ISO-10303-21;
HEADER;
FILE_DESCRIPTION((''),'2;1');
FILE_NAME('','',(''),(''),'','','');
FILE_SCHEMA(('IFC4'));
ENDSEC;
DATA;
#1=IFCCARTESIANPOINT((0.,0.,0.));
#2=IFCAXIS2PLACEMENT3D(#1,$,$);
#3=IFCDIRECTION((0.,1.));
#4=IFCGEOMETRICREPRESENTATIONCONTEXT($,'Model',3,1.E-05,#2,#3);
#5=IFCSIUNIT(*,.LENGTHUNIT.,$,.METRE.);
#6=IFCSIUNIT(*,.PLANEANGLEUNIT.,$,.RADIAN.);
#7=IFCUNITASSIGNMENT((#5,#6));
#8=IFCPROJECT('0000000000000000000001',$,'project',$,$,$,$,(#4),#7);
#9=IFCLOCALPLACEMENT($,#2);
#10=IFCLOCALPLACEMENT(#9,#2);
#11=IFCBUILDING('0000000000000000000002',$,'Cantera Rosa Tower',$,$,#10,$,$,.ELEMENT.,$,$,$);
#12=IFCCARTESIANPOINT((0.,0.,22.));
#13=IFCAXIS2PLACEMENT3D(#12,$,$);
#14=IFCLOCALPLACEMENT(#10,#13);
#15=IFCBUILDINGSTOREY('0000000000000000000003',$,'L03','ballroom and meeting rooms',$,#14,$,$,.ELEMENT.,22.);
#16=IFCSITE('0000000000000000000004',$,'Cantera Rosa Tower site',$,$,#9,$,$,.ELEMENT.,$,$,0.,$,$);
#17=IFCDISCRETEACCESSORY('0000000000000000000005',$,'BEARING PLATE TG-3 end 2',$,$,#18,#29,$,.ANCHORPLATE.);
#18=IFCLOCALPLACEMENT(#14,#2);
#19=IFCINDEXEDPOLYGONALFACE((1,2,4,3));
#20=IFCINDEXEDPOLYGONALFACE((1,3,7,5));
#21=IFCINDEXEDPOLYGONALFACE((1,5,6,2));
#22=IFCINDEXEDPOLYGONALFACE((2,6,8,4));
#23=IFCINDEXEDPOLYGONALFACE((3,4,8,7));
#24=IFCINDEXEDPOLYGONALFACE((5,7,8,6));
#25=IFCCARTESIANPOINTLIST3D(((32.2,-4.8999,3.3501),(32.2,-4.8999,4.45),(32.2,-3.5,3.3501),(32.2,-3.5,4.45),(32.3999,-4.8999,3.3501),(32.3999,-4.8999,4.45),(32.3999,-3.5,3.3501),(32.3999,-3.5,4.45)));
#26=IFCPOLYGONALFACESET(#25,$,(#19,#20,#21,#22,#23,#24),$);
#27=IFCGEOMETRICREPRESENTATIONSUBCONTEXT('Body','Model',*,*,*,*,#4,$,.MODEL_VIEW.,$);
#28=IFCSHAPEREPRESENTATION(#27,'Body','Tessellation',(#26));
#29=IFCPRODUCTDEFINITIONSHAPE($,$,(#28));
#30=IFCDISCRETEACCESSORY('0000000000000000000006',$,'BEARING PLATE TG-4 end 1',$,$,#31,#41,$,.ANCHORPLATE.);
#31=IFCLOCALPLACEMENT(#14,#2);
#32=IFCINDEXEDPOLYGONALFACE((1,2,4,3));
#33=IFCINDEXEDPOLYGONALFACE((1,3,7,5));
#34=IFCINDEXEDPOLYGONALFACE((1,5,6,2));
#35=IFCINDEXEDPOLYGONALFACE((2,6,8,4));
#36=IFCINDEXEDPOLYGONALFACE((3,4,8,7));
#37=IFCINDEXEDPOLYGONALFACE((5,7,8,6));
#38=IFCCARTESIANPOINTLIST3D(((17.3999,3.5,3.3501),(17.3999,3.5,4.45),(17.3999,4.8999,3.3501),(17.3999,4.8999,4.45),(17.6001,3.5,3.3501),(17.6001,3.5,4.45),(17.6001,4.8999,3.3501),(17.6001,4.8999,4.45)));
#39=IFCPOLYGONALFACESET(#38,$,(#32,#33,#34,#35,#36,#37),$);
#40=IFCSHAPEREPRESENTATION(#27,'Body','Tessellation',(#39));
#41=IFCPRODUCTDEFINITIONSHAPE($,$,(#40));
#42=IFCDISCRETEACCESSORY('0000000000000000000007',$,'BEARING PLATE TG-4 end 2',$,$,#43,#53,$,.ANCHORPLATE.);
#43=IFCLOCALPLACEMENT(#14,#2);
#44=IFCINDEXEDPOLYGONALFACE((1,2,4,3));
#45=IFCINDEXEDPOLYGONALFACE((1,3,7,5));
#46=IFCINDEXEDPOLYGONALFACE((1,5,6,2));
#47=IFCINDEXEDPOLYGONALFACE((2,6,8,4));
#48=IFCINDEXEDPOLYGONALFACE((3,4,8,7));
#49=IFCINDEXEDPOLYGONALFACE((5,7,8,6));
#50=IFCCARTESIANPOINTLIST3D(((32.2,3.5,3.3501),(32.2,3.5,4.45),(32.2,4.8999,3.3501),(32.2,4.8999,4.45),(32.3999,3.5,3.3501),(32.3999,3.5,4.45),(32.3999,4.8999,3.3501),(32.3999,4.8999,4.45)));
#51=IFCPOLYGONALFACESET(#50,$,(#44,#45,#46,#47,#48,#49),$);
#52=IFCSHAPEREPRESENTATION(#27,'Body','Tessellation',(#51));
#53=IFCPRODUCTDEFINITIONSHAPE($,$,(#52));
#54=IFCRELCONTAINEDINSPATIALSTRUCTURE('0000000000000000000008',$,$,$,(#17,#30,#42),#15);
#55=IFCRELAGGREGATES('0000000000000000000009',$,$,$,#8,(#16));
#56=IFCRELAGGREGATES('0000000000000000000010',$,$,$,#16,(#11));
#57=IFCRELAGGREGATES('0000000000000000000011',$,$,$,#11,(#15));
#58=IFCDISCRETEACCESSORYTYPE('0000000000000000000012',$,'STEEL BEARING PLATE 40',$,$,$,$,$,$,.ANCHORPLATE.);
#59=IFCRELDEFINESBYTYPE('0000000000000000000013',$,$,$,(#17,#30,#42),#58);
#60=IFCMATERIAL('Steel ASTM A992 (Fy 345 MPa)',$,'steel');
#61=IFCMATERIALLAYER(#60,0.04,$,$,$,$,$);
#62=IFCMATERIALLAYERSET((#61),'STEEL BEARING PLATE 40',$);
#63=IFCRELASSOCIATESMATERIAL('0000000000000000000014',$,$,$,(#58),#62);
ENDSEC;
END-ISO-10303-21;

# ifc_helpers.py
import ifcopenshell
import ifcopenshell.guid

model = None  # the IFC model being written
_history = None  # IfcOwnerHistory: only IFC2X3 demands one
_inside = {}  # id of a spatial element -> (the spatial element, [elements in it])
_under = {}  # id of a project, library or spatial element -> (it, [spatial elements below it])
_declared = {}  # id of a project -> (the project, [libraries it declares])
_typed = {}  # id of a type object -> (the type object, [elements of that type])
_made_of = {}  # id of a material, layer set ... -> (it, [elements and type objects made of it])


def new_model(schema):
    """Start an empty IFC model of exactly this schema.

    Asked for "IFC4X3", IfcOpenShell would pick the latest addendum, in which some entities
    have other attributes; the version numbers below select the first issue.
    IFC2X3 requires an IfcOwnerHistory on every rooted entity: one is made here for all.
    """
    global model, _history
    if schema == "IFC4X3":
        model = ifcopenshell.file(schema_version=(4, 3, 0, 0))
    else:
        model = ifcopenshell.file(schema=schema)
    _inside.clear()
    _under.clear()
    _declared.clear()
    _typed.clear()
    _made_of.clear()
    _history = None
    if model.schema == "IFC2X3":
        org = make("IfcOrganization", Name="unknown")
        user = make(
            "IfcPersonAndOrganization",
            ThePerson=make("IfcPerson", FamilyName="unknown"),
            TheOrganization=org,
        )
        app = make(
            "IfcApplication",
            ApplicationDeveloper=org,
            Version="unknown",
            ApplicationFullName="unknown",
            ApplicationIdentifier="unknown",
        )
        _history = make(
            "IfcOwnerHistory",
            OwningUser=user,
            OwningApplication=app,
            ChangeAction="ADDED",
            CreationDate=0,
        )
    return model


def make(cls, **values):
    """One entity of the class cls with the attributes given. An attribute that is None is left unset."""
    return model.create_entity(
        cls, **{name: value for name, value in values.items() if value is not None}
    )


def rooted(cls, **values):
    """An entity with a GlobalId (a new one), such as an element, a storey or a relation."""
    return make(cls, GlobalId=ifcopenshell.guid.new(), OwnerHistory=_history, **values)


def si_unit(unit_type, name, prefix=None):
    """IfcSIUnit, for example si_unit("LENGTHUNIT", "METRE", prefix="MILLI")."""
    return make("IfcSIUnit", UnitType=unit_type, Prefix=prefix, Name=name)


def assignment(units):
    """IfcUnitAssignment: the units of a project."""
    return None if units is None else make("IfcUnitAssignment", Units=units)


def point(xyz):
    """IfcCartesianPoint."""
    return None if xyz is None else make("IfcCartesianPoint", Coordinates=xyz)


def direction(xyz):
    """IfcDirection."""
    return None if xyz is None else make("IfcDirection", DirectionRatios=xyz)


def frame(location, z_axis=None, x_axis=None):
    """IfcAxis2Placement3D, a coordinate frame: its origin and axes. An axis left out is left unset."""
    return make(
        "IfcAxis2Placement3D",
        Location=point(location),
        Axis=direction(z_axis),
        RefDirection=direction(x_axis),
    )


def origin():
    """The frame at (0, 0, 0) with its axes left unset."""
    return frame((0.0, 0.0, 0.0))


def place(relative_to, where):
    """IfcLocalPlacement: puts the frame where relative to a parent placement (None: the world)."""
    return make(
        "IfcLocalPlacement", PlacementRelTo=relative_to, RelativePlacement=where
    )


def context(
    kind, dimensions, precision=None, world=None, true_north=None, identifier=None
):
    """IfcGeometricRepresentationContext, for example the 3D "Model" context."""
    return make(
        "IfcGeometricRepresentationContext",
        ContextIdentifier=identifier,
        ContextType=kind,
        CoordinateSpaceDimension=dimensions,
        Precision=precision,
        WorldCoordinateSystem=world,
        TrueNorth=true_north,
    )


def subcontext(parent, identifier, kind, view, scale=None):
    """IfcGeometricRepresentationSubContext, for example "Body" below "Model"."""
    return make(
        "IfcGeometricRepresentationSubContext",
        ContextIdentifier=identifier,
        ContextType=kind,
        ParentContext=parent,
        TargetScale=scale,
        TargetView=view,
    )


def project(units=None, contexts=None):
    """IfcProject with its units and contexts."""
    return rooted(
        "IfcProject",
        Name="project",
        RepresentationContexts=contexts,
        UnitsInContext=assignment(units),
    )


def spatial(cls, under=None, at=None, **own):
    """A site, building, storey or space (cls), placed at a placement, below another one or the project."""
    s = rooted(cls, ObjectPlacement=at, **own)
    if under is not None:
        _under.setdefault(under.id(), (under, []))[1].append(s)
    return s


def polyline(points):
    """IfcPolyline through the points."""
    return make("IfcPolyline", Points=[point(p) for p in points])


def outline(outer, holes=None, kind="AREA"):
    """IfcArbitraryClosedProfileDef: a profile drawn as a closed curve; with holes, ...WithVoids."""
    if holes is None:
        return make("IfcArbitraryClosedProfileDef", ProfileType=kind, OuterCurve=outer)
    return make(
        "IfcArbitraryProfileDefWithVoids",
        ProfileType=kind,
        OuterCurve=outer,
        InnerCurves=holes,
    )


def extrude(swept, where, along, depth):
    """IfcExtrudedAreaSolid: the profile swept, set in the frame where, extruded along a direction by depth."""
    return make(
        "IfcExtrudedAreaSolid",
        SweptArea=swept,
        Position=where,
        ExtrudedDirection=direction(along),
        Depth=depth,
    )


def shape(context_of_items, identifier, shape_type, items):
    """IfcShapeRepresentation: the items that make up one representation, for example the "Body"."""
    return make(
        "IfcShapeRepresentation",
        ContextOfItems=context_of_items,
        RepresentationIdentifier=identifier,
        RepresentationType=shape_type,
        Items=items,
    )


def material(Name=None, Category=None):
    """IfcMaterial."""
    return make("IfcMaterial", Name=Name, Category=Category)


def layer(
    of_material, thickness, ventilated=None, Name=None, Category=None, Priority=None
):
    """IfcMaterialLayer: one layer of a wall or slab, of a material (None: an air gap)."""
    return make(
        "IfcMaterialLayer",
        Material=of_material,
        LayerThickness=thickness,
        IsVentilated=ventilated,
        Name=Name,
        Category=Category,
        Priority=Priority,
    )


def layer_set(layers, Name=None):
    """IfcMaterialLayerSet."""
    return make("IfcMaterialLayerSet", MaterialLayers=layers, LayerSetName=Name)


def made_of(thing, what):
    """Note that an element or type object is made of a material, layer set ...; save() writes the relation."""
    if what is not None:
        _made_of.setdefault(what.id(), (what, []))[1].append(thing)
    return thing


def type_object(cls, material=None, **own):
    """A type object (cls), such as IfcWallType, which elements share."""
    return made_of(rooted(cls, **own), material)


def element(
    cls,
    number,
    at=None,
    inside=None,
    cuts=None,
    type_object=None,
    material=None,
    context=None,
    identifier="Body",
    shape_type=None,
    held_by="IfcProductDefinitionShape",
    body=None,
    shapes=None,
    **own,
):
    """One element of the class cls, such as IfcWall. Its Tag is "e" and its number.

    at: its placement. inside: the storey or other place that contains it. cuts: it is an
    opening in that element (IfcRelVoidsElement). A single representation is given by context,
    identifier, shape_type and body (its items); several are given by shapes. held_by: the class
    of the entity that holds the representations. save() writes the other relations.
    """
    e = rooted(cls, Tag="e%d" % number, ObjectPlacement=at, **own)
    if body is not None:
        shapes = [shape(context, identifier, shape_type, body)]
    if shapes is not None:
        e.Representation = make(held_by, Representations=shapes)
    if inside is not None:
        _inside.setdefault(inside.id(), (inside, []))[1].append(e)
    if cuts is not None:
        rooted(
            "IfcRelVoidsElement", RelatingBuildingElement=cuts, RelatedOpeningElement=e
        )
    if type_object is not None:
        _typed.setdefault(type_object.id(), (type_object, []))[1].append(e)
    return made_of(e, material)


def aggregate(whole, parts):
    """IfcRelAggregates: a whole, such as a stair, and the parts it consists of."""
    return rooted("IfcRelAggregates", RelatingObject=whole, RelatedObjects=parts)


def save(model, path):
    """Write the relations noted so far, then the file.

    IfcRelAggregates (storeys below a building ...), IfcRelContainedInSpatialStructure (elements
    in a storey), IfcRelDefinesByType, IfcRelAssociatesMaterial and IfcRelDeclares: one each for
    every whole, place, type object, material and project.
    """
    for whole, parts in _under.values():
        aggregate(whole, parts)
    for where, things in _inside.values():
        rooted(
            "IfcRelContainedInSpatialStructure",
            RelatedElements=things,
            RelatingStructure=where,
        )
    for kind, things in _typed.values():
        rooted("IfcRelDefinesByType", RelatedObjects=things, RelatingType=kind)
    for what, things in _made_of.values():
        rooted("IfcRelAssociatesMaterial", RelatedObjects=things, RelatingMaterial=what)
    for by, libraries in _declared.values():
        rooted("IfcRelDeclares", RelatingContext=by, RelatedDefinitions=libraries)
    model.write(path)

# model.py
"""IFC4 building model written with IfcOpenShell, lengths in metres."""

from ifc_helpers import new_model, si_unit, direction, frame, origin, place, context, subcontext, project, spatial, polyline, outline, extrude, material, layer, layer_set, type_object, element, save


model = new_model("IFC4")

# Units and contexts
model_context = context("Model", 3, precision=1e-05, world=origin(), true_north=direction((0.0, 1.0)))
body_context = subcontext(model_context, "Body", "Model", "MODEL_VIEW")
ifc_project = project(units=[si_unit("LENGTHUNIT", "METRE"), si_unit("PLANEANGLEUNIT", "RADIAN")], contexts=[model_context])

# Site, building, storey
site_placement = place(None, origin())
site = spatial("IfcSite", under=ifc_project, at=site_placement, Name="Cantera Rosa Tower site", CompositionType="ELEMENT", RefElevation=0.0)
building_placement = place(site_placement, origin())
building = spatial("IfcBuilding", under=site, at=building_placement, Name="Cantera Rosa Tower", CompositionType="ELEMENT")
storey_placement = place(building_placement, frame((0.0, 0.0, 22.0)))
storey = spatial("IfcBuildingStorey", under=building, at=storey_placement, Name="L03", Description="ballroom and meeting rooms", CompositionType="ELEMENT", Elevation=22.0)

# Discrete accessories
ifc_material_1 = material(Name="Steel ASTM A992 (Fy 345 MPa)", Category="steel")
ifc_layer_1 = layer(ifc_material_1, 0.04)
ifc_layer_set_1 = layer_set([ifc_layer_1], Name="STEEL BEARING PLATE 40")
discrete_accessory_type = type_object("IfcDiscreteAccessoryType", Name="STEEL BEARING PLATE 40", PredefinedType="ANCHORPLATE", material=ifc_layer_set_1)
discrete_accessory_1_placement = place(storey_placement, frame((0.0, 0.0, 3.3501)))
element("IfcDiscreteAccessory", 1, at=discrete_accessory_1_placement, inside=storey, type_object=discrete_accessory_type, Name="BEARING PLATE TG-3 end 2", PredefinedType="ANCHORPLATE", context=body_context, shape_type="SweptSolid", body=[
    extrude(outline(polyline([(32.2, -4.8999), (32.3999, -4.8999), (32.3999, -3.5), (32.2, -3.5), (32.2, -4.8999)])), origin(), (0.0, 0.0, 1.0), 1.0999),
])
discrete_accessory_2_placement = place(storey_placement, frame((0.0, 0.0, 3.3501)))
element("IfcDiscreteAccessory", 2, at=discrete_accessory_2_placement, inside=storey, type_object=discrete_accessory_type, Name="BEARING PLATE TG-4 end 1", PredefinedType="ANCHORPLATE", context=body_context, shape_type="SweptSolid", body=[
    extrude(outline(polyline([(17.6001, 4.8999), (17.3999, 4.8999), (17.3999, 3.5), (17.6001, 3.5), (17.6001, 4.8999)])), origin(), (0.0, 0.0, 1.0), 1.0999),
])
discrete_accessory_3_placement = place(storey_placement, frame((0.0, 0.0, 3.3501)))
element("IfcDiscreteAccessory", 3, at=discrete_accessory_3_placement, inside=storey, type_object=discrete_accessory_type, Name="BEARING PLATE TG-4 end 2", PredefinedType="ANCHORPLATE", context=body_context, shape_type="SweptSolid", body=[
    extrude(outline(polyline([(32.2, 3.5), (32.3999, 3.5), (32.3999, 4.8999), (32.2, 4.8999), (32.2, 3.5)])), origin(), (0.0, 0.0, 1.0), 1.0999),
])

save(model, "model.ifc")
